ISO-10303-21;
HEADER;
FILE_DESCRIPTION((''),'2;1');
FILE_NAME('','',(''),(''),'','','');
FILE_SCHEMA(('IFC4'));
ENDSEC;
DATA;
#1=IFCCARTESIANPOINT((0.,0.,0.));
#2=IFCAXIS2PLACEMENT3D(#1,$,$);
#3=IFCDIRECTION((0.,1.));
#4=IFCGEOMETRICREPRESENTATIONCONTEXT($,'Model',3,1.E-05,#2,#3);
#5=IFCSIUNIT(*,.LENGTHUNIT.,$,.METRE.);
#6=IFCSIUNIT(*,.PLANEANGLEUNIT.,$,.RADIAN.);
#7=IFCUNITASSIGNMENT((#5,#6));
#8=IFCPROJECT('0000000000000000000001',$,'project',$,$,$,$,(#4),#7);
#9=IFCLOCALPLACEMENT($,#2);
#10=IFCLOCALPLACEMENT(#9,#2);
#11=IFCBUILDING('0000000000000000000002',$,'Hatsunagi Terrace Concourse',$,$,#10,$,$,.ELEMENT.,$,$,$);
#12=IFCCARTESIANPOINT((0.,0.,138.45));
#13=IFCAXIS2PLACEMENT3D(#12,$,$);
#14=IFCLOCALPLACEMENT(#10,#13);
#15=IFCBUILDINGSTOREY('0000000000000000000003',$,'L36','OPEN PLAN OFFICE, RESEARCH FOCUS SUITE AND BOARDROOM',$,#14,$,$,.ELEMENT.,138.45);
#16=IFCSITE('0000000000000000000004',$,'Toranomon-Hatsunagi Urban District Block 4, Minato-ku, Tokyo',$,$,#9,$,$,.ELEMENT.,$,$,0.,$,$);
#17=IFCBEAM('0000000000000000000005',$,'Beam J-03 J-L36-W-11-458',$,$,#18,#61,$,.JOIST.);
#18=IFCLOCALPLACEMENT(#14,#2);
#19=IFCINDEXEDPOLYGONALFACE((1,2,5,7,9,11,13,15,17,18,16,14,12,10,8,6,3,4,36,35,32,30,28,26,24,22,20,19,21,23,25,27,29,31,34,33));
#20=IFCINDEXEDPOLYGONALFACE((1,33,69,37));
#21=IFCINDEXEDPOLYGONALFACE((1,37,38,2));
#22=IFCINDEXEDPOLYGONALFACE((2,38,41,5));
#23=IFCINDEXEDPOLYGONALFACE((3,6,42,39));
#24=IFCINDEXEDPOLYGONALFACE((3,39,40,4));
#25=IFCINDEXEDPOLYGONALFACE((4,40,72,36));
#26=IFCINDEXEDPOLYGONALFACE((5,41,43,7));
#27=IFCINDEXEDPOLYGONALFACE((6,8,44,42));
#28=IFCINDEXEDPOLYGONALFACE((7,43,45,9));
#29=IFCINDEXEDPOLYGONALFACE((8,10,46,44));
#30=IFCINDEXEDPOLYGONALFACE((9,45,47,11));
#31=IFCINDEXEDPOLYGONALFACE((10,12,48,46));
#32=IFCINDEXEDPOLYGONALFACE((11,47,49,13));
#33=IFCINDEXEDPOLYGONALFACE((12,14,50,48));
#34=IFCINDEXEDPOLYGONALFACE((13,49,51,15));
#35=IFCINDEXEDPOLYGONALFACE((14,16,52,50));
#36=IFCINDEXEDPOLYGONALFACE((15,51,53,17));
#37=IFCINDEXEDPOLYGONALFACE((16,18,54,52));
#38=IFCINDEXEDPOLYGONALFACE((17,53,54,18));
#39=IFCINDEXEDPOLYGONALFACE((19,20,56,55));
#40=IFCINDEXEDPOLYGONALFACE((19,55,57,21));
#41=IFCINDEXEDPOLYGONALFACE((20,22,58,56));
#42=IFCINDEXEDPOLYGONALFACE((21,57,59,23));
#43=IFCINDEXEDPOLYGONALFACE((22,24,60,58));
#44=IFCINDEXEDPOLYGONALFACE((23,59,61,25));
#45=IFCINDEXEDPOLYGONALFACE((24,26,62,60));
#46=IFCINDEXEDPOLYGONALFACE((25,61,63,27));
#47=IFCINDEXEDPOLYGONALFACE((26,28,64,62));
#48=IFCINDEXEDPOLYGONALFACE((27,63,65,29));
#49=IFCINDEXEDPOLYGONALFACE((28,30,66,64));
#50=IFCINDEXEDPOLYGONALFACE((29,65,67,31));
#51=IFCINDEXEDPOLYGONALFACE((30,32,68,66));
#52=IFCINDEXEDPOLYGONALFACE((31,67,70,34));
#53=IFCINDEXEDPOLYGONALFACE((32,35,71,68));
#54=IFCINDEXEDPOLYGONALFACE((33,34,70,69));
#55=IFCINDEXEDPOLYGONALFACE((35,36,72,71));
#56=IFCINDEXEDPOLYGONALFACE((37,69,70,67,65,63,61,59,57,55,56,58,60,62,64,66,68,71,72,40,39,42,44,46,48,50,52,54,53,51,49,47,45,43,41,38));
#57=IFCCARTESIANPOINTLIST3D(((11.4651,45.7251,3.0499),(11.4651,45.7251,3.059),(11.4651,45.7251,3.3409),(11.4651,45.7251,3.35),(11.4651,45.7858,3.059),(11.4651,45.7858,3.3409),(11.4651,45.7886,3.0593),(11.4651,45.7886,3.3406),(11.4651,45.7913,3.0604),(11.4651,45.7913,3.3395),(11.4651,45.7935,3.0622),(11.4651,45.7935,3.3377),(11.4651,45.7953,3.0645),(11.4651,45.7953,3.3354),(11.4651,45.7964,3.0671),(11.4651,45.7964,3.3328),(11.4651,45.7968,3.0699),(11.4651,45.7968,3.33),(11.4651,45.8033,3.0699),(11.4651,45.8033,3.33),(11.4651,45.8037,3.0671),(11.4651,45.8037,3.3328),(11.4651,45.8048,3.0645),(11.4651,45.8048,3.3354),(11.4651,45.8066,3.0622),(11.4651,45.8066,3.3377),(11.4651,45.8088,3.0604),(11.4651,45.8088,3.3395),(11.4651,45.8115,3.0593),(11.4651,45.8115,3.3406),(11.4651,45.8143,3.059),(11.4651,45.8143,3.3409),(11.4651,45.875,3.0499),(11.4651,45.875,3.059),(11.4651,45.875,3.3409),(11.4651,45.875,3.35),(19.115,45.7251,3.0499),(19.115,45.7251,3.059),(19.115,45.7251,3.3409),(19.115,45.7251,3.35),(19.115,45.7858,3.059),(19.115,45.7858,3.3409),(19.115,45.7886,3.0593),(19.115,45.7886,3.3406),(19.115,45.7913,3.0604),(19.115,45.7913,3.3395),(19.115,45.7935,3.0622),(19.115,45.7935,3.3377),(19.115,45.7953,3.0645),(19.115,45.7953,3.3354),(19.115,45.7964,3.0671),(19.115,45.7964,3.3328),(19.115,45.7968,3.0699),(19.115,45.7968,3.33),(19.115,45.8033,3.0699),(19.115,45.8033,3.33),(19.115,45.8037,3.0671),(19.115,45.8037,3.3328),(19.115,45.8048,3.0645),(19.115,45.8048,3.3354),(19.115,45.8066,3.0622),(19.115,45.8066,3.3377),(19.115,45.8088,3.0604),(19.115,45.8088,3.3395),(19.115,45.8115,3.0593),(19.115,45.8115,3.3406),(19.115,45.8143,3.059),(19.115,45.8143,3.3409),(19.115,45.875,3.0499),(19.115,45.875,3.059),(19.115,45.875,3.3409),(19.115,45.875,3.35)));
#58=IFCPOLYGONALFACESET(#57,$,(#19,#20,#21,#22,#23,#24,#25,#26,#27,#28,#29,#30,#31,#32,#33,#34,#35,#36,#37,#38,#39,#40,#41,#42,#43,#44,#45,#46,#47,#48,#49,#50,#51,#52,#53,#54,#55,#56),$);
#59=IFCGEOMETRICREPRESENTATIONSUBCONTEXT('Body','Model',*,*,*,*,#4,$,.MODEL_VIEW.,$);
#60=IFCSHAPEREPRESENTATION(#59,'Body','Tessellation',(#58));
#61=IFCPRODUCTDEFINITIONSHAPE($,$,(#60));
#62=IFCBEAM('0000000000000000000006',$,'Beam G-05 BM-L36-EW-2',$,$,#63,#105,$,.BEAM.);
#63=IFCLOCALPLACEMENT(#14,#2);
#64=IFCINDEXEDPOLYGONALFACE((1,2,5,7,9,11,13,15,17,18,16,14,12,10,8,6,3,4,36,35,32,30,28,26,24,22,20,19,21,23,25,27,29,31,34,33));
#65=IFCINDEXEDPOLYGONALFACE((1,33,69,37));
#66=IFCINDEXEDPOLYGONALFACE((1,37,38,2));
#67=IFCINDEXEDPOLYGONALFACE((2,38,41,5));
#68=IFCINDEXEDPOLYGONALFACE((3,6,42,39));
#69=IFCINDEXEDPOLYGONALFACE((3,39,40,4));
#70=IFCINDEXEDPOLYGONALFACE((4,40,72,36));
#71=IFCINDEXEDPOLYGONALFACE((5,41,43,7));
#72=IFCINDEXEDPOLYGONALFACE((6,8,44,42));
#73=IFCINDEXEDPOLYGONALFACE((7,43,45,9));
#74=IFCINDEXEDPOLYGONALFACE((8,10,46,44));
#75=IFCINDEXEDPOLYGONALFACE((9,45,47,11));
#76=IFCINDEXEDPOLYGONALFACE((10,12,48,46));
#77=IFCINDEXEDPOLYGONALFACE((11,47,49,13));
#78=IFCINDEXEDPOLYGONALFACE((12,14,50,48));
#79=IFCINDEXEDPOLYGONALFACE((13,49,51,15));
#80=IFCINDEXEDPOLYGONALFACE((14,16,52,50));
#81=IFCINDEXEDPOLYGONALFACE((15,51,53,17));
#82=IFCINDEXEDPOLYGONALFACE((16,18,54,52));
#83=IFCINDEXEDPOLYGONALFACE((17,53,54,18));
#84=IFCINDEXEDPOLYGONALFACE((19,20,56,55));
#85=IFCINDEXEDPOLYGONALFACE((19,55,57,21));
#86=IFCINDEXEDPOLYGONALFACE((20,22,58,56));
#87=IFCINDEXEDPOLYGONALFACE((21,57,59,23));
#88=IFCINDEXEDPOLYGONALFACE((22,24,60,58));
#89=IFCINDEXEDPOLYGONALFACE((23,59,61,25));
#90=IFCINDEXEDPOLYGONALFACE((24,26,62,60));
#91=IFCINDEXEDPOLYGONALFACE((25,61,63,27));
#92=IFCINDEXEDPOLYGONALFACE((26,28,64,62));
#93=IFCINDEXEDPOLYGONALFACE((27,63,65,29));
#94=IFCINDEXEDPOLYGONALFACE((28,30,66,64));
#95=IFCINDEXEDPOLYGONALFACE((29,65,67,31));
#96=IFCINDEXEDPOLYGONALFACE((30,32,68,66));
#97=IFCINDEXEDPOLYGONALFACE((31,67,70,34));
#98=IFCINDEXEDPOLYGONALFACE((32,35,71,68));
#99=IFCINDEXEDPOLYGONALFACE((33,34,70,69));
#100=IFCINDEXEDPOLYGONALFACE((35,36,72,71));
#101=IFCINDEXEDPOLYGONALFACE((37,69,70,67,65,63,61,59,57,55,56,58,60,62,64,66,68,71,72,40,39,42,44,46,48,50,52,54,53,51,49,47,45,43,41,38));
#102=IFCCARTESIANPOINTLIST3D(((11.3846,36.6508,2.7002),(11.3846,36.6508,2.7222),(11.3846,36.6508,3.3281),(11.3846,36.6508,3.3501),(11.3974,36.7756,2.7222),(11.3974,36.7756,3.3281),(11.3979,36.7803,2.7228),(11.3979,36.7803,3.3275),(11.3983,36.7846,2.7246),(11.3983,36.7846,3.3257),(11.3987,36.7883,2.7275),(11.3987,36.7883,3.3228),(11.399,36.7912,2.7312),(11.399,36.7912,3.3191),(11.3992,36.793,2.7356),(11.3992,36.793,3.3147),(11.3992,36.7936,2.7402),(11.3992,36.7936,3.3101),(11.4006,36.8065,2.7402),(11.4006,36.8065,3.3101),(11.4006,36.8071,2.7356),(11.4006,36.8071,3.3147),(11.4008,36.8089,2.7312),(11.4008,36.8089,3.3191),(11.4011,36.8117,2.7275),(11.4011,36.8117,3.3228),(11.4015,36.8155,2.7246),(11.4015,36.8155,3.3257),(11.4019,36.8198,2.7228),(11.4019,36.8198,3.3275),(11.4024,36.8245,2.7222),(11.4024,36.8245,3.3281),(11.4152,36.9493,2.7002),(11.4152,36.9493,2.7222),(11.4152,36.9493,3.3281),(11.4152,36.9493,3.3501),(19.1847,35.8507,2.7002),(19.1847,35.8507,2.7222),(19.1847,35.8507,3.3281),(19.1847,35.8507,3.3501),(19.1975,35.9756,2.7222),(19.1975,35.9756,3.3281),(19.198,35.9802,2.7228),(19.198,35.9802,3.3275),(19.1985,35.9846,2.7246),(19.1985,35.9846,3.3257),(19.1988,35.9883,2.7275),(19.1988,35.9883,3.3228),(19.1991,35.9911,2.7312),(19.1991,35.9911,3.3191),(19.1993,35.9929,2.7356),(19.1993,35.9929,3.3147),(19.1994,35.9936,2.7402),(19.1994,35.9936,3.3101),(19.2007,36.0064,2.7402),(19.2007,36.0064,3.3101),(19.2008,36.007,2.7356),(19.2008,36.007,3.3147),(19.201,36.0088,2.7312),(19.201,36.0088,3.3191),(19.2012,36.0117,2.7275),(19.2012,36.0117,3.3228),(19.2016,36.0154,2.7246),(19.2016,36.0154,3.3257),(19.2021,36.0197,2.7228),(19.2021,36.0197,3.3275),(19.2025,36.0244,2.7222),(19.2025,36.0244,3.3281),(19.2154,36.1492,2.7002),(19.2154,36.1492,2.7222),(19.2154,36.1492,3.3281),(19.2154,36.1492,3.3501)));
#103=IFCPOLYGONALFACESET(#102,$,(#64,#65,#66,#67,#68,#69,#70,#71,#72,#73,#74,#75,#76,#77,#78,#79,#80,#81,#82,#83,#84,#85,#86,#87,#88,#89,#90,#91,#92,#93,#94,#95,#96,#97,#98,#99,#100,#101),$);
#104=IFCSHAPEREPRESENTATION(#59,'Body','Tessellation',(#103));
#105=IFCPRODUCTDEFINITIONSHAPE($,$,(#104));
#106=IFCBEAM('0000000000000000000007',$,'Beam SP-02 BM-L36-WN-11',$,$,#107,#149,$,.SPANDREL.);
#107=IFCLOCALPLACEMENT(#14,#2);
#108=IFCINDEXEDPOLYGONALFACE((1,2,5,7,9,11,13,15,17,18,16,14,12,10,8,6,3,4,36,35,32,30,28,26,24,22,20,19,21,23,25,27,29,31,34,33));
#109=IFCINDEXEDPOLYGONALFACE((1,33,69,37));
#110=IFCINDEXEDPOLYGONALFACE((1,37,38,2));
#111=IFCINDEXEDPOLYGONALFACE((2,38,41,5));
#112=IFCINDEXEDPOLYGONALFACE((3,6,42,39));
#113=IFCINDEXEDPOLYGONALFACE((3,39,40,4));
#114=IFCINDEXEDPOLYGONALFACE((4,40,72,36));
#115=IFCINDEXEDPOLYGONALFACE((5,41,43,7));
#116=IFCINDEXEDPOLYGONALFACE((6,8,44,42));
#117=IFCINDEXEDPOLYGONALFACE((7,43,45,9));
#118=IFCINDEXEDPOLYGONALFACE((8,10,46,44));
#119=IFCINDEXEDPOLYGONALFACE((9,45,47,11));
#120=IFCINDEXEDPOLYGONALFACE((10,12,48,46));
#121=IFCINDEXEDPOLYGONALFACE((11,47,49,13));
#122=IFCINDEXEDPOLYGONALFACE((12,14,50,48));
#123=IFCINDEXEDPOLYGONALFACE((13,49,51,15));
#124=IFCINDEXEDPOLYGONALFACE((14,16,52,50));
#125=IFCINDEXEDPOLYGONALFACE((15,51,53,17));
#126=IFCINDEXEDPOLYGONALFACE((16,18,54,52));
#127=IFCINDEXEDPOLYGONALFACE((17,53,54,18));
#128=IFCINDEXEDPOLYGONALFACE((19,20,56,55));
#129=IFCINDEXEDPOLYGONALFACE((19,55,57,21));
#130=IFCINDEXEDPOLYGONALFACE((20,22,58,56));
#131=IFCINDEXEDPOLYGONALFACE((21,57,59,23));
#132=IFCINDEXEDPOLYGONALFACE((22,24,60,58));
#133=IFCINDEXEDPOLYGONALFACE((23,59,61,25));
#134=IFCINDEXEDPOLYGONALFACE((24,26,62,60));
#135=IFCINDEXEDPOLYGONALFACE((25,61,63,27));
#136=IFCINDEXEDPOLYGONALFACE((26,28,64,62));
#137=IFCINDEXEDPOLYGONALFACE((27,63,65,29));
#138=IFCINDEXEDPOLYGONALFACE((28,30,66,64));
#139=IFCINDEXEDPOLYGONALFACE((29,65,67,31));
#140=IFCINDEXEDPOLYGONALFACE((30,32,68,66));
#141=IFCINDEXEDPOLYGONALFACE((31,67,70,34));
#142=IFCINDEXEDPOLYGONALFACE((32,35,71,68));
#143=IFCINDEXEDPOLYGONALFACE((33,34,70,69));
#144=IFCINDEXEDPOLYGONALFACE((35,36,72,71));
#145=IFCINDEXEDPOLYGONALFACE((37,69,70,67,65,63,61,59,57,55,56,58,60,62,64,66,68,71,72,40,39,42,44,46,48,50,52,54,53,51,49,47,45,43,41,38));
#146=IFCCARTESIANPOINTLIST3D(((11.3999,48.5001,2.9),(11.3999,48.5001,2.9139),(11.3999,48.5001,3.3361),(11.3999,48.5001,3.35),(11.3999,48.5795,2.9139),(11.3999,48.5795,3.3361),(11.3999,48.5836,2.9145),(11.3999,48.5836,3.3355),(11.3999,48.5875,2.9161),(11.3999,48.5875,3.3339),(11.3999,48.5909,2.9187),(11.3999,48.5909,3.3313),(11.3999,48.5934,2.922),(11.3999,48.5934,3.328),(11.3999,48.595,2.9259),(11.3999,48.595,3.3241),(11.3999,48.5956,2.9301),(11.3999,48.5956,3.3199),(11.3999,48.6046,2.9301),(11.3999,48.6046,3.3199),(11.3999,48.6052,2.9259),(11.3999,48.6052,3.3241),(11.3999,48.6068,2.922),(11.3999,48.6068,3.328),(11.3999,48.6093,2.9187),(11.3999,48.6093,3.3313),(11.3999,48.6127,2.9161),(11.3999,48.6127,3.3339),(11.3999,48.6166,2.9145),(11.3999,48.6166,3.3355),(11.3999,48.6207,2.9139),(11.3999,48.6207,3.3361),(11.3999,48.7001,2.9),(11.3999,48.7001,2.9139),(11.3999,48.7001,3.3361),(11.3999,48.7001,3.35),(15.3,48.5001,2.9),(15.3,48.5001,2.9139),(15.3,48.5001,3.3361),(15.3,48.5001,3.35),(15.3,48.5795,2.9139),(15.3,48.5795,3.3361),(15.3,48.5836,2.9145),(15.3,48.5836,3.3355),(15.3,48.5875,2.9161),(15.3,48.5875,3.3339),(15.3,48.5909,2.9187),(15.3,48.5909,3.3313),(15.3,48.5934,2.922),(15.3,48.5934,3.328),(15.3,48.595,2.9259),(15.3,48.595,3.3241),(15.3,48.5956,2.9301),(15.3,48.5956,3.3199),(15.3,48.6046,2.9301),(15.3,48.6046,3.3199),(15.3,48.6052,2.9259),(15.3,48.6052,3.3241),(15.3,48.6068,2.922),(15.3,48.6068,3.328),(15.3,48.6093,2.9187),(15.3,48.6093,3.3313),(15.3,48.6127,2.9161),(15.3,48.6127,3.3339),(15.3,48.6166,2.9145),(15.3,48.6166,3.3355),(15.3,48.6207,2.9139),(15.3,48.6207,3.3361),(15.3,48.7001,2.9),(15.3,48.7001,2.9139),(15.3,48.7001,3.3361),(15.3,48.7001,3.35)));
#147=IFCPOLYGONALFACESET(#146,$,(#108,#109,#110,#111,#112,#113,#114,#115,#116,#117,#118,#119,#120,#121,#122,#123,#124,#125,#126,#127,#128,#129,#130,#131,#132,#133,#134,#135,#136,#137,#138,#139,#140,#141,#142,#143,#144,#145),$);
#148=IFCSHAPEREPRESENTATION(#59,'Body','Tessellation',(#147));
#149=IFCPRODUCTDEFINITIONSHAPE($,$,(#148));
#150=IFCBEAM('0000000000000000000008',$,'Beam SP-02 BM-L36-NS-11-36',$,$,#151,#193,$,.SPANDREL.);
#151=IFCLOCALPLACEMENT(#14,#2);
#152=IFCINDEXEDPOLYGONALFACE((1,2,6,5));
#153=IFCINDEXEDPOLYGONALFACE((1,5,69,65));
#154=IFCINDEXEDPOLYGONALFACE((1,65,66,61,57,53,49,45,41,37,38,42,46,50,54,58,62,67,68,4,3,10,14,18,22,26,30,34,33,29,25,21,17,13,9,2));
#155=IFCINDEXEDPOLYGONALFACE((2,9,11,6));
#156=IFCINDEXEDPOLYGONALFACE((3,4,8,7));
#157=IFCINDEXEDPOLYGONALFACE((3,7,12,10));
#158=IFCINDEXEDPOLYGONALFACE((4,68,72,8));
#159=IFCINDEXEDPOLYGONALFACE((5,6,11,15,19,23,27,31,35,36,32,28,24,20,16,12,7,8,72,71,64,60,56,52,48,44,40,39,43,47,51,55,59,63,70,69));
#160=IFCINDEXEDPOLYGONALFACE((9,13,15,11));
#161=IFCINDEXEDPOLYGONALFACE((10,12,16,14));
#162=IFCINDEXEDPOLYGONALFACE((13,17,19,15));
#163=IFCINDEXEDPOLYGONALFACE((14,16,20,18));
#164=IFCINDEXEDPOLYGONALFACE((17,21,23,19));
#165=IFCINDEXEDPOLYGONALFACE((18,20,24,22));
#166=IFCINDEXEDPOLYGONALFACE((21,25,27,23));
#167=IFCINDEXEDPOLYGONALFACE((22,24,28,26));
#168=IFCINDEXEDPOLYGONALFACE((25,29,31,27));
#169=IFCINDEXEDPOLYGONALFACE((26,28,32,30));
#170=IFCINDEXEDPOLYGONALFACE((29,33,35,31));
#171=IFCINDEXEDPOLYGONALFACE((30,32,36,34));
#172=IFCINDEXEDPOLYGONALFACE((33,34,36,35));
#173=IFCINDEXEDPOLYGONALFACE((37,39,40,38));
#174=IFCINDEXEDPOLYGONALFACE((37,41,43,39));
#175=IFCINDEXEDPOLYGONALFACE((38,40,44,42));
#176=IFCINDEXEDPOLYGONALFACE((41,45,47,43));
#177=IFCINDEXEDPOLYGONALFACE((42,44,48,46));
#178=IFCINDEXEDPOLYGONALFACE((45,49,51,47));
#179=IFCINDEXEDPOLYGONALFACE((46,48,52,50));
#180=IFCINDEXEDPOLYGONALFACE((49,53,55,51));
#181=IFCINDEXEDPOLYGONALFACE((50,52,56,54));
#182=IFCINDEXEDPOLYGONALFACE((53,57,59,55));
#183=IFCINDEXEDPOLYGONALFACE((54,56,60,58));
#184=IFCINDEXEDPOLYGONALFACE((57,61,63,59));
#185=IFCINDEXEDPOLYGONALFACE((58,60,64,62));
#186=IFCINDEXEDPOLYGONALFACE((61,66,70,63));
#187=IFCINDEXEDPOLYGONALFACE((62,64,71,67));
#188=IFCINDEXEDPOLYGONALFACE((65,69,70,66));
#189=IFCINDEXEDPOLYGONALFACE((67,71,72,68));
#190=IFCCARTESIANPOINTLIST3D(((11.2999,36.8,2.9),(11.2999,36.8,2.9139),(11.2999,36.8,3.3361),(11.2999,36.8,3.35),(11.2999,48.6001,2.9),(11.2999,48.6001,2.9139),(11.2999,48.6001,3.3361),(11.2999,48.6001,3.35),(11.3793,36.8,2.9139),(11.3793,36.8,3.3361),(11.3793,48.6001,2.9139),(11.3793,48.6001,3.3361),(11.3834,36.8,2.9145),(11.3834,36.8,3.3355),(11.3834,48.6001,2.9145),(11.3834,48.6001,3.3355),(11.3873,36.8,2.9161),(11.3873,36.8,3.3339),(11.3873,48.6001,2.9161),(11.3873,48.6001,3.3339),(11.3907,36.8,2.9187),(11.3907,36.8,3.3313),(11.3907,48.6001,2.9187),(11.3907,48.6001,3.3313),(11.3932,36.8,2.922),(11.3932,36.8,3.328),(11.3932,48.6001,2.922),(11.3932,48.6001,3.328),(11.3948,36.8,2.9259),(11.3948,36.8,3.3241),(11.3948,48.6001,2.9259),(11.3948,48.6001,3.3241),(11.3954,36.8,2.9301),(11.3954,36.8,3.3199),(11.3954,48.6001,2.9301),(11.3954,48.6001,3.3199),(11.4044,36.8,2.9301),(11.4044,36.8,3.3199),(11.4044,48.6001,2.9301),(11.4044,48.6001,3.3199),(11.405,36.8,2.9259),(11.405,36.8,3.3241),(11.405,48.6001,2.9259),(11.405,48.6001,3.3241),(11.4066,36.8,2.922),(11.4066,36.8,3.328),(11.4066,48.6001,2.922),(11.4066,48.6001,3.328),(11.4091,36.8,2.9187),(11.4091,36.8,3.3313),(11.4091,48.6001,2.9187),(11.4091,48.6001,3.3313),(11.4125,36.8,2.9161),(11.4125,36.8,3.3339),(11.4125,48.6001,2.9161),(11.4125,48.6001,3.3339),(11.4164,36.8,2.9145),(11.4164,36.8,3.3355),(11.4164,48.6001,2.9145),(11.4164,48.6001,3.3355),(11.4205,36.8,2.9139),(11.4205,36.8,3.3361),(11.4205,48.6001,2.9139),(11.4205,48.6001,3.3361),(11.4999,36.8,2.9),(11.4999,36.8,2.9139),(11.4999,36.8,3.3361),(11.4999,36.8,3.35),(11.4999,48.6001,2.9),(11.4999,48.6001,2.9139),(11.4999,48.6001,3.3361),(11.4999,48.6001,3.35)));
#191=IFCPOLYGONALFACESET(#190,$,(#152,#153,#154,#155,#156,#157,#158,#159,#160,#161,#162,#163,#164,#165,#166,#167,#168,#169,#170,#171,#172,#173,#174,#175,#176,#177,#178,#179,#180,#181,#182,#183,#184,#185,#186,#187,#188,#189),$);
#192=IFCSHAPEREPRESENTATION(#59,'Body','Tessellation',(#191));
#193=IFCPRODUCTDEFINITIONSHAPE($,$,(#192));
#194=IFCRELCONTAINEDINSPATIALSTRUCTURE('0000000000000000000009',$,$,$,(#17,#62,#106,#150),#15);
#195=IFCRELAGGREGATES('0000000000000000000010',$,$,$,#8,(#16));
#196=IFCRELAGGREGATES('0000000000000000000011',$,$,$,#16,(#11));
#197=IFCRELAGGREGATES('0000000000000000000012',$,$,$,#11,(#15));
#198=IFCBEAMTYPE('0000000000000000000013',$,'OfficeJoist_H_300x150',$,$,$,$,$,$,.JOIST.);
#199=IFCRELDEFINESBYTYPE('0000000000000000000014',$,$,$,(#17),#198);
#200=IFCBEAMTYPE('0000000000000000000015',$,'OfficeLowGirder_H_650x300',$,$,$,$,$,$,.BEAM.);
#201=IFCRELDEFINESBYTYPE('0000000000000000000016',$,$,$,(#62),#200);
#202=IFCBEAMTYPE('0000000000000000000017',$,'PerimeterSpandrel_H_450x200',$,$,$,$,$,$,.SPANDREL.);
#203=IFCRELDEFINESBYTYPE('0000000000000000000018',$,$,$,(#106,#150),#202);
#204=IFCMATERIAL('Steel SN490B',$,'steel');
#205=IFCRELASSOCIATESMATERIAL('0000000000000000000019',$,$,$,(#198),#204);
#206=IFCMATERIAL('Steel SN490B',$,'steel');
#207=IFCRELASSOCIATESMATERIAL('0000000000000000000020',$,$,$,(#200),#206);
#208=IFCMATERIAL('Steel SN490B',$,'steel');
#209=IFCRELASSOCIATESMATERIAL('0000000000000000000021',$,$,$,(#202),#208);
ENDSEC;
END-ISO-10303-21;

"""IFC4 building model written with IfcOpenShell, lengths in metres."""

from ifc_helpers import new_model, si_unit, direction, frame, origin, origin_2d, place, context, subcontext, project, spatial, i_section, extrude, material, material_profile, profile_set, type_object, element, save


model = new_model("IFC4")

# Units and contexts
model_context = context("Model", 3, precision=1e-05, world=origin(), true_north=direction((0.0, 1.0)))
body_context = subcontext(model_context, "Body", "Model", "MODEL_VIEW")
ifc_project = project(units=[si_unit("LENGTHUNIT", "METRE"), si_unit("PLANEANGLEUNIT", "RADIAN")], contexts=[model_context])

# Site, building, storey
site_placement = place(None, origin())
site = spatial("IfcSite", under=ifc_project, at=site_placement, Name="Toranomon-Hatsunagi Urban District Block 4, Minato-ku, Tokyo", CompositionType="ELEMENT", RefElevation=0.0)
building_placement = place(site_placement, origin())
building = spatial("IfcBuilding", under=site, at=building_placement, Name="Hatsunagi Terrace Concourse", CompositionType="ELEMENT")
storey_placement = place(building_placement, frame((0.0, 0.0, 138.45)))
storey = spatial("IfcBuildingStorey", under=building, at=storey_placement, Name="L36", Description="OPEN PLAN OFFICE, RESEARCH FOCUS SUITE AND BOARDROOM", CompositionType="ELEMENT", Elevation=138.45)

# Beams
ifc_material_1 = material(Name="Steel SN490B", Category="steel")
ifc_material_profile_1 = material_profile(ifc_material_1, i_section(OverallWidth=0.1499, OverallDepth=0.3, WebThickness=0.0066, FlangeThickness=0.009, FilletRadius=0.011, at=origin_2d()), Name="H-300x150x6.5x9")
ifc_profile_set_1 = profile_set([ifc_material_profile_1], Name="Steel SN490B")
beam_type_1 = type_object("IfcBeamType", Name="OfficeJoist_H_300x150", PredefinedType="JOIST", material=ifc_profile_set_1)
for number, where, z_axis, x_axis, name in (
    (1, (11.4651, 45.8, 3.2), (1.0, 0.0, 0.0), (0.0, 1.0, 0.0), "Beam J-03 J-L36-W-11-458"),
):
    element("IfcBeam", number, at=place(storey_placement, frame(where, z_axis=z_axis, x_axis=x_axis)), inside=storey, type_object=beam_type_1, Name=name, PredefinedType="JOIST", context=body_context, shape_type="SweptSolid", body=[
        extrude(i_section(OverallWidth=0.1499, OverallDepth=0.3, WebThickness=0.0066, FlangeThickness=0.009, FilletRadius=0.011, at=origin_2d()), origin(), (0.0, 0.0, 1.0), 7.6499),
    ])
ifc_material_2 = material(Name="Steel SN490B", Category="steel")
ifc_material_profile_2 = material_profile(ifc_material_2, i_section(OverallWidth=0.3, OverallDepth=0.6499, WebThickness=0.0129, FlangeThickness=0.022, FilletRadius=0.0181, at=origin_2d()), Name="H-650x300x13x22")
ifc_profile_set_2 = profile_set([ifc_material_profile_2], Name="Steel SN490B")
beam_type_2 = type_object("IfcBeamType", Name="OfficeLowGirder_H_650x300", PredefinedType="BEAM", material=ifc_profile_set_2)
beam_1_placement = place(storey_placement, frame((11.3999, 36.8, 3.0251), z_axis=(0.994781, -0.102034, 0.0), x_axis=(0.102034, 0.994781, 0.0)))
element("IfcBeam", 2, at=beam_1_placement, inside=storey, type_object=beam_type_2, Name="Beam G-05 BM-L36-EW-2", PredefinedType="BEAM", context=body_context, shape_type="SweptSolid", body=[
    extrude(i_section(OverallWidth=0.3, OverallDepth=0.6499, WebThickness=0.0129, FlangeThickness=0.022, FilletRadius=0.0181, at=origin_2d()), origin(), (0.0, 0.0, 1.0), 7.8411),
])
ifc_material_3 = material(Name="Steel SN490B", Category="steel")
ifc_material_profile_3 = material_profile(ifc_material_3, i_section(OverallWidth=0.2, OverallDepth=0.45, WebThickness=0.009, FlangeThickness=0.0139, FilletRadius=0.0161, at=origin_2d()), Name="H-450x200x9x14")
ifc_profile_set_3 = profile_set([ifc_material_profile_3], Name="Steel SN490B")
beam_type_3 = type_object("IfcBeamType", Name="PerimeterSpandrel_H_450x200", PredefinedType="SPANDREL", material=ifc_profile_set_3)
beam_2_placement = place(storey_placement, frame((11.3999, 48.6001, 3.125), z_axis=(1.0, 0.0, 0.0), x_axis=(0.0, 1.0, 0.0)))
element("IfcBeam", 3, at=beam_2_placement, inside=storey, type_object=beam_type_3, Name="Beam SP-02 BM-L36-WN-11", PredefinedType="SPANDREL", context=body_context, shape_type="SweptSolid", body=[
    extrude(i_section(OverallWidth=0.2, OverallDepth=0.45, WebThickness=0.009, FlangeThickness=0.0139, FilletRadius=0.0161, at=origin_2d()), origin(), (0.0, 0.0, 1.0), 3.9001),
])
beam_3_placement = place(storey_placement, frame((11.3999, 36.8, 3.125), z_axis=(0.0, 1.0, 0.0), x_axis=(-1.0, 0.0, 0.0)))
element("IfcBeam", 4, at=beam_3_placement, inside=storey, type_object=beam_type_3, Name="Beam SP-02 BM-L36-NS-11-36", PredefinedType="SPANDREL", context=body_context, shape_type="SweptSolid", body=[
    extrude(i_section(OverallWidth=0.2, OverallDepth=0.45, WebThickness=0.009, FlangeThickness=0.0139, FilletRadius=0.0161, at=origin_2d()), origin(), (0.0, 0.0, 1.0), 11.8),
])

save(model, "model.ifc")
